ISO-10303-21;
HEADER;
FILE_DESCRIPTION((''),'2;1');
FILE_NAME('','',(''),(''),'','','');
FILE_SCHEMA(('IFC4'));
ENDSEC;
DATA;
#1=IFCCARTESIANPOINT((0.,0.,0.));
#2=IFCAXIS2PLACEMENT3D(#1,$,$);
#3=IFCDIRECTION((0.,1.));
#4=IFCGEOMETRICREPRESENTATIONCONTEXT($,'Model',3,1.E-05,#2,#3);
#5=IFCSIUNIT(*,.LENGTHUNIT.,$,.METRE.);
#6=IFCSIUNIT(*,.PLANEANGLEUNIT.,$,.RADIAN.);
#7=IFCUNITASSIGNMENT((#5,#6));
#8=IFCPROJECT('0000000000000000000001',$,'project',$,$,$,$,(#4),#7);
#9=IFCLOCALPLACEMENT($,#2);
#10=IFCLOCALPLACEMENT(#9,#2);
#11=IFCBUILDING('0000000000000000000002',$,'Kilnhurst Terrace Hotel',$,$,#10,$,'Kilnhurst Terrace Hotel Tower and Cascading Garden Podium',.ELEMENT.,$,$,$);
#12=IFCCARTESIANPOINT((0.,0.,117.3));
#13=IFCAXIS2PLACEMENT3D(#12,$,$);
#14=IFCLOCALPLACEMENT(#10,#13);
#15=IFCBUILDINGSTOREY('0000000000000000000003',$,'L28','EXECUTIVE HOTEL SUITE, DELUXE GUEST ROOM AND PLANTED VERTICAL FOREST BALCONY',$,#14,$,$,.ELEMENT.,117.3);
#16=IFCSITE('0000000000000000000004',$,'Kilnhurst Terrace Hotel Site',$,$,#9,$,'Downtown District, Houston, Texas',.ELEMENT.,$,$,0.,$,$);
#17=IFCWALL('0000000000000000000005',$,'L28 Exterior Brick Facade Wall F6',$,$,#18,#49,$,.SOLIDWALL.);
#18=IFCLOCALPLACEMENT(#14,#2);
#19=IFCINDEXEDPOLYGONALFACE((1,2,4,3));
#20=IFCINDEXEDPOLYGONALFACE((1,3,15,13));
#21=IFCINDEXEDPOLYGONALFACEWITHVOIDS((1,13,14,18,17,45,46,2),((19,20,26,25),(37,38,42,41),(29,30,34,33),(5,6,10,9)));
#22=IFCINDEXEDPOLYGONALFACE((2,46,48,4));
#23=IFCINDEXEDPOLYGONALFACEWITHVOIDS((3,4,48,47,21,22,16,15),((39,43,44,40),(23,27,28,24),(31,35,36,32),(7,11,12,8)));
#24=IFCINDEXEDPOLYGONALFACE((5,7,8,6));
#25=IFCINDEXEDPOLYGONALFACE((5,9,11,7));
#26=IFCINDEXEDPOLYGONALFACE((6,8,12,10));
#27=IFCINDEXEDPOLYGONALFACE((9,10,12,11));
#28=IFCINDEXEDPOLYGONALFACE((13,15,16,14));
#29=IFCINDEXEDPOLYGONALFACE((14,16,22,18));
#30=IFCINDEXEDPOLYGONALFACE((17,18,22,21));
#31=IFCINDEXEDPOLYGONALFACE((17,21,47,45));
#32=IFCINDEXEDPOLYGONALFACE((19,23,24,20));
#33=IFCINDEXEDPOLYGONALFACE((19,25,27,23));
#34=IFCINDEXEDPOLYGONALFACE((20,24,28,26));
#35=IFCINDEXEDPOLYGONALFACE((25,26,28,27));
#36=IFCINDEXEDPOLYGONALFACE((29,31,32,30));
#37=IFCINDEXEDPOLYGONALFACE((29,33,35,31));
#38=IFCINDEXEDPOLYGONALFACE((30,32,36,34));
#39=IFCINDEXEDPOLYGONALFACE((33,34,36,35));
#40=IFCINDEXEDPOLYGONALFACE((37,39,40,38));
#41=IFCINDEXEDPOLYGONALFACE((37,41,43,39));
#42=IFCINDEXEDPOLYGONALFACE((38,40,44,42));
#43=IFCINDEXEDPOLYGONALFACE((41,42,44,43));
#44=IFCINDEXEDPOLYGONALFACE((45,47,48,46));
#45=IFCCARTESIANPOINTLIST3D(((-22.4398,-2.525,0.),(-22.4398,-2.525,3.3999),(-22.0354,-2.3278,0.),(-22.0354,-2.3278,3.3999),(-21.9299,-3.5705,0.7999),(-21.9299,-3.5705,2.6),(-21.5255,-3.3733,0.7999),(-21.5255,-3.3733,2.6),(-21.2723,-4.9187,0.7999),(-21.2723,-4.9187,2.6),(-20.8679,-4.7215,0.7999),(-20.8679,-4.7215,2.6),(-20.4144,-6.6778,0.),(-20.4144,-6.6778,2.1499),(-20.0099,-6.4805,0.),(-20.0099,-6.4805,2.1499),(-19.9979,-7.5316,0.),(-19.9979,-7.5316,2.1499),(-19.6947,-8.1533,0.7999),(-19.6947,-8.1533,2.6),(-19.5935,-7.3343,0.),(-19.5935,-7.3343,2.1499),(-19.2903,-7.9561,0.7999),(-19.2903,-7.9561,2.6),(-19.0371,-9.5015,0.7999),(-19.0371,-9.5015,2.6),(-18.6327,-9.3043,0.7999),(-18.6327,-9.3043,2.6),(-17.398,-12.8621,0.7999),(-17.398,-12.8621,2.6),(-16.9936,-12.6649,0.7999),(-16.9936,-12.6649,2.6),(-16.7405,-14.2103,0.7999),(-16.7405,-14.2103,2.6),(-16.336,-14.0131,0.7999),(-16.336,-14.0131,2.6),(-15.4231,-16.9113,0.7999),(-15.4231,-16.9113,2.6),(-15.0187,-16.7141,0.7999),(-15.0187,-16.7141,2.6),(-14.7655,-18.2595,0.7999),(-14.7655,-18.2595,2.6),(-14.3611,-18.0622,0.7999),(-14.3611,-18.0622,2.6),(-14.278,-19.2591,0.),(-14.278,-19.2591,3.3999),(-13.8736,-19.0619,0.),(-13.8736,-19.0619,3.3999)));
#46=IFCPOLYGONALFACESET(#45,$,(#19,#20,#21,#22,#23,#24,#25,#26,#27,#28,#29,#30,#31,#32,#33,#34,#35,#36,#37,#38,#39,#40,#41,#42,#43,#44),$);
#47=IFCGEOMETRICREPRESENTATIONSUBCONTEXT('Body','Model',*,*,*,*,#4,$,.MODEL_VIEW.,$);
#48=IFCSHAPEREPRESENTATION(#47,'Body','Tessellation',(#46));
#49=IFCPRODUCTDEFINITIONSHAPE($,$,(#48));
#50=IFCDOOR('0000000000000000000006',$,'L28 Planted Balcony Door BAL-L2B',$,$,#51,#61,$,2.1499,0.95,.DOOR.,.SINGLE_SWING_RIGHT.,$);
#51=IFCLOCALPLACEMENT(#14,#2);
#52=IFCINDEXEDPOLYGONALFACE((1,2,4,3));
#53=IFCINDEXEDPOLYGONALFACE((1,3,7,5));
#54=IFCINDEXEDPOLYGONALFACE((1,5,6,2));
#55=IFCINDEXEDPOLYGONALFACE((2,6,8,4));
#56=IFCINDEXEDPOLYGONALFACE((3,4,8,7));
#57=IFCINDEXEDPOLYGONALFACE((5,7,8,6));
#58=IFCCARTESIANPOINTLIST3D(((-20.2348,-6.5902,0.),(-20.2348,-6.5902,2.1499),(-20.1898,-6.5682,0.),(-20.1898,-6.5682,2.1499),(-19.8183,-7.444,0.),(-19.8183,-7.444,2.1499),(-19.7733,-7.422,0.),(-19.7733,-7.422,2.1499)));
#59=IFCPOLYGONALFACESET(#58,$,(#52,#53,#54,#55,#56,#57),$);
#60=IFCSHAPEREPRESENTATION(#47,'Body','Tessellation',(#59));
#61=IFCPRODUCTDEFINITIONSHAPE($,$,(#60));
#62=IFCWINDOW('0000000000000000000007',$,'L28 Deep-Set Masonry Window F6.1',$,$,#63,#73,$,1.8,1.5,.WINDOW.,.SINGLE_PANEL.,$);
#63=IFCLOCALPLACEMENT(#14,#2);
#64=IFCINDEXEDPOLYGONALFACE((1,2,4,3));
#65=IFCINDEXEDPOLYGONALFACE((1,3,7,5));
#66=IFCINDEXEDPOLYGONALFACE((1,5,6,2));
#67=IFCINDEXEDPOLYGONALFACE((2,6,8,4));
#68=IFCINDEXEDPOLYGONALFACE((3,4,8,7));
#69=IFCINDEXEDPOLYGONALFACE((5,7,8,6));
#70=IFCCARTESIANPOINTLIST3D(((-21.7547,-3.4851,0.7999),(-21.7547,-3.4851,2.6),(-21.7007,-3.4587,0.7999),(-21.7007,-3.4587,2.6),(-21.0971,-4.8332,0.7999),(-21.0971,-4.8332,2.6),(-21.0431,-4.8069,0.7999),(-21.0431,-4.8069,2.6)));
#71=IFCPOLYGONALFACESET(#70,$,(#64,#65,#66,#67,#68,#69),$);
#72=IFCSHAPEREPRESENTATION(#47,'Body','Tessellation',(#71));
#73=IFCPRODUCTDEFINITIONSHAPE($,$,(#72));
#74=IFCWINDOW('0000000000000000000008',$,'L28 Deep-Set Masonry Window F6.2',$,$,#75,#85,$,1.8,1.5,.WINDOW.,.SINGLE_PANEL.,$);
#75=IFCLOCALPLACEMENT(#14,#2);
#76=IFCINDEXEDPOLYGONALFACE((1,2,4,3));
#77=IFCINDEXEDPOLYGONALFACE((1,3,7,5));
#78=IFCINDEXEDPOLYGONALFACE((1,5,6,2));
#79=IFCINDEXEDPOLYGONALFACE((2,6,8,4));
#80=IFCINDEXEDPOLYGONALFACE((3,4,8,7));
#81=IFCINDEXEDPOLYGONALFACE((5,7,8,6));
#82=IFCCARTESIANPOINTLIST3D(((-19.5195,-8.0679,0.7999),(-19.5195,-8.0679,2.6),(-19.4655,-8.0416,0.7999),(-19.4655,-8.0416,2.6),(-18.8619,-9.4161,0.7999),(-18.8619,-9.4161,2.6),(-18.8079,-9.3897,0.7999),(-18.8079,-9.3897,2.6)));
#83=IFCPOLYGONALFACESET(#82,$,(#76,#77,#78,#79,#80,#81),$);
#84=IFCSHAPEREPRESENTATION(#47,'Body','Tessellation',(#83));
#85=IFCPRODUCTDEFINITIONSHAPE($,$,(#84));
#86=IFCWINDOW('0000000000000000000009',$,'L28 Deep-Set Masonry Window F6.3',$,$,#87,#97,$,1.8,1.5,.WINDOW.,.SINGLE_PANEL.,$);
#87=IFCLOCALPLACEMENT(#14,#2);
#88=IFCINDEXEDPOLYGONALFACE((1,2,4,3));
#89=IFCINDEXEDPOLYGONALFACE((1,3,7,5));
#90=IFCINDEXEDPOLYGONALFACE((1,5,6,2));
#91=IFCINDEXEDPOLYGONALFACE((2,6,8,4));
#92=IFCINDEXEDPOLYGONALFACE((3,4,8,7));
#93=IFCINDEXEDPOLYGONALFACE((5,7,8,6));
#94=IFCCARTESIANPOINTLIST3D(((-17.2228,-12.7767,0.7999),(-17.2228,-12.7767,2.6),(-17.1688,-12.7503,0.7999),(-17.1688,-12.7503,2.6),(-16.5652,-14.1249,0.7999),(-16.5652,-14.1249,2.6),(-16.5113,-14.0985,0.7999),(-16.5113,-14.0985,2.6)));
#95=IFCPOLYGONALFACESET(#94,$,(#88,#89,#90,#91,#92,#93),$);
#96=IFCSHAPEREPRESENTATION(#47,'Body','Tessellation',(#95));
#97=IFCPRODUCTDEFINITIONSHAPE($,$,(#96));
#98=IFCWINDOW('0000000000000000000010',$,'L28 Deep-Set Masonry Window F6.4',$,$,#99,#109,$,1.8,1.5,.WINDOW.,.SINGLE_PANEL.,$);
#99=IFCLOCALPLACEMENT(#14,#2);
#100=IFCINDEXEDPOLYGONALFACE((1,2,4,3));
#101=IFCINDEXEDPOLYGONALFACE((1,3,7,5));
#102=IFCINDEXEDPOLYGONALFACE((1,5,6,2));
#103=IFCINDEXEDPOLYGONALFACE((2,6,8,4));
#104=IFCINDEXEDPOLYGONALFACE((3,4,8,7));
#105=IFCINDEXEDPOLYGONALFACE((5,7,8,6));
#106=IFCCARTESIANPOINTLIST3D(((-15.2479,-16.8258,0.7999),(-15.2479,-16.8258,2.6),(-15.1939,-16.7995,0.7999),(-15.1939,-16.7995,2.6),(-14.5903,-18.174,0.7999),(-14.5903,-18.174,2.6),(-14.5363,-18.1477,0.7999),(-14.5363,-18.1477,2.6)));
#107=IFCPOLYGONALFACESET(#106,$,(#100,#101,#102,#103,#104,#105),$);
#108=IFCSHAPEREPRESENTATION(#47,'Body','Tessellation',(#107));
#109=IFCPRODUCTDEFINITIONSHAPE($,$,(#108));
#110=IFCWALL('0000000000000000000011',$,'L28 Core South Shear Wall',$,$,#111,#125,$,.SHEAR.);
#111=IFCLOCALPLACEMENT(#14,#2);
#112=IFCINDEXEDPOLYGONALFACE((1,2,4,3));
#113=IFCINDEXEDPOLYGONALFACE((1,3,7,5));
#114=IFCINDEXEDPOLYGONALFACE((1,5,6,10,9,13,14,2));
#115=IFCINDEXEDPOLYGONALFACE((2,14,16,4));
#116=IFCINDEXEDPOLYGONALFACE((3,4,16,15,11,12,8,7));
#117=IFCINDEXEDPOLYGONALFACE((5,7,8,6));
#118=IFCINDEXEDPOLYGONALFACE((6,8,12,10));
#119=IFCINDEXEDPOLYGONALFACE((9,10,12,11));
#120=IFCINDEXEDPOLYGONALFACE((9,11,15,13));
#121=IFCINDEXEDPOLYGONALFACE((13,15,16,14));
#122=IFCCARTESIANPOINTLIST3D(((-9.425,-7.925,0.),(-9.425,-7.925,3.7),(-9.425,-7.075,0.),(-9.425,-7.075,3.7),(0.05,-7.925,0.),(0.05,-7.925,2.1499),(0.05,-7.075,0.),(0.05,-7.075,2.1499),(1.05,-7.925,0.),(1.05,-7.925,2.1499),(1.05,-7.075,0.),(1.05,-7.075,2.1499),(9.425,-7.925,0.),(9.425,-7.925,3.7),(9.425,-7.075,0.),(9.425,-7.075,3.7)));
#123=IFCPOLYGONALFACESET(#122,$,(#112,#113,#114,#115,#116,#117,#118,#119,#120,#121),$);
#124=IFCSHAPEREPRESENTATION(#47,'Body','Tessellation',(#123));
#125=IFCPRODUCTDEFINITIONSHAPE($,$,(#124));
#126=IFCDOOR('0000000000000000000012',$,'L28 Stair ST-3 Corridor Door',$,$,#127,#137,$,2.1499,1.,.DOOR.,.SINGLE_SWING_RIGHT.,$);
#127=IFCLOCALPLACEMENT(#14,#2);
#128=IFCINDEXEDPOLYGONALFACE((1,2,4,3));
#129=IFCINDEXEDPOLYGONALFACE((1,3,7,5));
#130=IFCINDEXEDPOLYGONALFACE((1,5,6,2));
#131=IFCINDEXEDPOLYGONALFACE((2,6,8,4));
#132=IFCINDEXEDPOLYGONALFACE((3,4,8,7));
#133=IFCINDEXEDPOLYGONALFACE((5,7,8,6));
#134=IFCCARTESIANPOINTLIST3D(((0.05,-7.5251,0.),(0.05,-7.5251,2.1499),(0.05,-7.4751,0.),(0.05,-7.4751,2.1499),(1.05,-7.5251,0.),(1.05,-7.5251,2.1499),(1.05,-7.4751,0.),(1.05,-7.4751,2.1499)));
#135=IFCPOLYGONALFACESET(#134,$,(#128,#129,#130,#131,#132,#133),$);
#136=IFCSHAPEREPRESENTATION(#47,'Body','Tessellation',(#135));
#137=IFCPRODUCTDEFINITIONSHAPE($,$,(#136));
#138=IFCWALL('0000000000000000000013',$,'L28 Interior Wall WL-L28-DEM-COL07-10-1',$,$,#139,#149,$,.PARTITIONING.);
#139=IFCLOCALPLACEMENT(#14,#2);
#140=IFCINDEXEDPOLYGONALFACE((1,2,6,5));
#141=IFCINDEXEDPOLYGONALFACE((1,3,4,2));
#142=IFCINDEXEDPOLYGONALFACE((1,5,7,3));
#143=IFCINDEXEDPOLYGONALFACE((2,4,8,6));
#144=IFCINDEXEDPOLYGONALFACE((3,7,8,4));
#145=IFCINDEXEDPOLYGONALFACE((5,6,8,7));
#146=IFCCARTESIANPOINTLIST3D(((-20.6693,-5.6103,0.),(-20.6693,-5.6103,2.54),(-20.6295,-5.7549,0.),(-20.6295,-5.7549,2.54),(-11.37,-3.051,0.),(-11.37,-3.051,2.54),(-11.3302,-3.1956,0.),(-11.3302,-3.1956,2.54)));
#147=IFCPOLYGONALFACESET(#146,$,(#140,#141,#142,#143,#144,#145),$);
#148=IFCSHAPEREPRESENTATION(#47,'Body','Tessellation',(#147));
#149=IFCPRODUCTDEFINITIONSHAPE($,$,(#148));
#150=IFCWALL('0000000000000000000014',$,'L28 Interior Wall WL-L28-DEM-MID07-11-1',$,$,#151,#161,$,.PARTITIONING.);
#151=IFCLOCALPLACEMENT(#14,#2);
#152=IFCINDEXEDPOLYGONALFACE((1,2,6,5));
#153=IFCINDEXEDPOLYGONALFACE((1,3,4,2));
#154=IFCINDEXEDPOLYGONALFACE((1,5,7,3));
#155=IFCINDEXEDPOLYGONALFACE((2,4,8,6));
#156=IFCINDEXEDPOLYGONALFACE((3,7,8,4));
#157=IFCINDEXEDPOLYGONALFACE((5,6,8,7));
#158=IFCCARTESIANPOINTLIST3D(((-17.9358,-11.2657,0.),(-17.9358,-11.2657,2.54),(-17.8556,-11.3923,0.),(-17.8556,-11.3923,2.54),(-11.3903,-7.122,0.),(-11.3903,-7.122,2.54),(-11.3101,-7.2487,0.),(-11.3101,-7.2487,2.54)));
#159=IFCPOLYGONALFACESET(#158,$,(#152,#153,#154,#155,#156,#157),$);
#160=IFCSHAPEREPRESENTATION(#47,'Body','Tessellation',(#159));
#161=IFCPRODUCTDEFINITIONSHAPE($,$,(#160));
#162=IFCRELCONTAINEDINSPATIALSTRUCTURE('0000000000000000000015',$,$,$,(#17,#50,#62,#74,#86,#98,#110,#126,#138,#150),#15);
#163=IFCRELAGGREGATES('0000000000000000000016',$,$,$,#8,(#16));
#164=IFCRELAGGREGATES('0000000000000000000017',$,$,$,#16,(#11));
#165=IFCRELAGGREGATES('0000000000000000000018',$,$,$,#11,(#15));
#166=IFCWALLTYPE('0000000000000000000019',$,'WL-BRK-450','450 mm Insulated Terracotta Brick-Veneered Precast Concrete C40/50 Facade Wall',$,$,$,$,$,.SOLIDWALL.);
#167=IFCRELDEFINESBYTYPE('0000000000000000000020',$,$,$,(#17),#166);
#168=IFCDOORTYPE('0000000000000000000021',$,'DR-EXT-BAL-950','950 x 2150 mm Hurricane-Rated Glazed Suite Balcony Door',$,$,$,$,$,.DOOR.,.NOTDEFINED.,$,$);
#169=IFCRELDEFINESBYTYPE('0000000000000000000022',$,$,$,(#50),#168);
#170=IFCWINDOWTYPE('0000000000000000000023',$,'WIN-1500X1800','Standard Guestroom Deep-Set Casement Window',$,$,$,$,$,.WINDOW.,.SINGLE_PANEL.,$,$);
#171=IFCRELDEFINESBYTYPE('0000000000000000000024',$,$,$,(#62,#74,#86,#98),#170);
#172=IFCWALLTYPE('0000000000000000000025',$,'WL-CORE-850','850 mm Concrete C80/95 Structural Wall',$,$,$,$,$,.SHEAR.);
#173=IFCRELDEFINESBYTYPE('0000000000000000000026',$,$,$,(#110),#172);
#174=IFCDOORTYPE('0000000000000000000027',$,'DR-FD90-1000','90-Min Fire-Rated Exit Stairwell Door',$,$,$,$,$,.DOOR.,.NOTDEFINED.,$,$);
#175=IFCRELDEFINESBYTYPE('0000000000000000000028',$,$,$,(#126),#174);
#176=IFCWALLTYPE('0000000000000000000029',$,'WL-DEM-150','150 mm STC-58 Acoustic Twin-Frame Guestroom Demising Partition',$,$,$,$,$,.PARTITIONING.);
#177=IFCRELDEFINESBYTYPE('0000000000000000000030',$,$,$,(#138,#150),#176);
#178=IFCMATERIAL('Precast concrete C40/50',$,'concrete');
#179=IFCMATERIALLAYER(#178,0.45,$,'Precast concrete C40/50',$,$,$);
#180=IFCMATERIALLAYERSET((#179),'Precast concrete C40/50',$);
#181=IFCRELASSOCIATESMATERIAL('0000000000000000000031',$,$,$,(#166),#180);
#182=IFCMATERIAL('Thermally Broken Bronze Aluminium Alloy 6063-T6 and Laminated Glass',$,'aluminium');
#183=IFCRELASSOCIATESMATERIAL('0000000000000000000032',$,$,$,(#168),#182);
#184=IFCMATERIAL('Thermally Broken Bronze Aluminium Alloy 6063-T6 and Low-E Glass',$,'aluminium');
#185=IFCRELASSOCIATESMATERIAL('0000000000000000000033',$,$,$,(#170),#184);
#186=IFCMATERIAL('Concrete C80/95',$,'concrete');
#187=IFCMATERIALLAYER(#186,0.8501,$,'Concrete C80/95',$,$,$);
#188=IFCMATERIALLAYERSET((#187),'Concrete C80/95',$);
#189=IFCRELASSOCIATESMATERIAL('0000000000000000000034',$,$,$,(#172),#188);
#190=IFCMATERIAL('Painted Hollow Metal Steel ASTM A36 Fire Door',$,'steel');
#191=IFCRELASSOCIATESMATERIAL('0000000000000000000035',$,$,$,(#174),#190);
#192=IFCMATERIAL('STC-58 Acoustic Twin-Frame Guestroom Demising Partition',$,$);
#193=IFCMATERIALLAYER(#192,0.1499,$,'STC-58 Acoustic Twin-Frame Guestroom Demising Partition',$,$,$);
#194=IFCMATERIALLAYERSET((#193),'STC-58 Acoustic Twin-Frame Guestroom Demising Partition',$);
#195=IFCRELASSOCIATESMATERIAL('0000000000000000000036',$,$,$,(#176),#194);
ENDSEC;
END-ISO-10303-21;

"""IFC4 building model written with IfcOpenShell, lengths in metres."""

from ifc_helpers import new_model, si_unit, direction, frame, frame_2d, origin, place, context, subcontext, project, spatial, rectangle, extrude, material, layer, layer_set, type_object, element, fill, save


model = new_model("IFC4")

# Units and contexts
model_context = context("Model", 3, precision=1e-05, world=origin(), true_north=direction((0.0, 1.0)))
body_context = subcontext(model_context, "Body", "Model", "MODEL_VIEW")
ifc_project = project(units=[si_unit("LENGTHUNIT", "METRE"), si_unit("PLANEANGLEUNIT", "RADIAN")], contexts=[model_context])

# Site, building, storey
site_placement = place(None, origin())
site = spatial("IfcSite", under=ifc_project, at=site_placement, Name="Kilnhurst Terrace Hotel Site", LongName="Downtown District, Houston, Texas", CompositionType="ELEMENT", RefElevation=0.0)
building_placement = place(site_placement, origin())
building = spatial("IfcBuilding", under=site, at=building_placement, Name="Kilnhurst Terrace Hotel", LongName="Kilnhurst Terrace Hotel Tower and Cascading Garden Podium", CompositionType="ELEMENT")
storey_placement = place(building_placement, frame((0.0, 0.0, 117.3)))
storey = spatial("IfcBuildingStorey", under=building, at=storey_placement, Name="L28", Description="EXECUTIVE HOTEL SUITE, DELUXE GUEST ROOM AND PLANTED VERTICAL FOREST BALCONY", CompositionType="ELEMENT", Elevation=117.3)

# Shared definitions
ifc_material_1 = material(Name="Concrete C80/95", Category="concrete")

# Wall, openings, door, windows
ifc_material_2 = material(Name="Precast concrete C40/50", Category="concrete")
ifc_layer_1 = layer(ifc_material_2, 0.45, Name="Precast concrete C40/50")
ifc_layer_set_1 = layer_set([ifc_layer_1], Name="Precast concrete C40/50")
wall_type_1 = type_object("IfcWallType", Name="WL-BRK-450", Description="450 mm Insulated Terracotta Brick-Veneered Precast Concrete C40/50 Facade Wall", PredefinedType="SOLIDWALL", material=ifc_layer_set_1)
wall_1_placement = place(storey_placement, frame((-22.2375, -2.4265, 0.0), z_axis=(0.0, 0.0, 1.0), x_axis=(0.438375, -0.898792, 0.0)))
wall_1 = element("IfcWall", 1, at=wall_1_placement, inside=storey, type_object=wall_type_1, Name="L28 Exterior Brick Facade Wall F6", PredefinedType="SOLIDWALL", context=body_context, shape_type="SweptSolid", body=[
    extrude(rectangle(XDim=18.6184, YDim=0.45, at=frame_2d((9.3091, 0.0))), origin(), (0.0, 0.0, 1.0), 3.3999),
])
opening_1_placement = place(wall_1_placement, frame((4.6201, 0.0, 0.0)))
opening_1 = element("IfcOpeningElement", 2, at=opening_1_placement, cuts=wall_1, PredefinedType="OPENING", context=body_context, shape_type="SweptSolid", body=[
    extrude(rectangle(XDim=0.95, YDim=2.1499, at=frame_2d((0.4751, 1.075))), frame((0.0, 0.2349, 0.0), z_axis=(0.0, -1.0, 0.0), x_axis=(1.0, 0.0, 0.0)), (0.0, 0.0, 1.0), 0.47),
])
opening_2_placement = place(wall_1_placement, frame((1.1631, 0.0, 0.8)))
opening_2 = element("IfcOpeningElement", 3, at=opening_2_placement, cuts=wall_1, PredefinedType="OPENING", context=body_context, shape_type="SweptSolid", body=[
    extrude(rectangle(XDim=1.5, YDim=1.8, at=frame_2d((0.75, 0.8999))), frame((0.0, 0.2349, 0.0), z_axis=(0.0, -1.0, 0.0), x_axis=(1.0, 0.0, 0.0)), (0.0, 0.0, 1.0), 0.47),
])
opening_3_placement = place(wall_1_placement, frame((6.262, 0.0, 0.8)))
opening_3 = element("IfcOpeningElement", 4, at=opening_3_placement, cuts=wall_1, PredefinedType="OPENING", context=body_context, shape_type="SweptSolid", body=[
    extrude(rectangle(XDim=1.5, YDim=1.8, at=frame_2d((0.75, 0.8999))), frame((0.0, 0.2349, 0.0), z_axis=(0.0, -1.0, 0.0), x_axis=(1.0, 0.0, 0.0)), (0.0, 0.0, 1.0), 0.47),
])
opening_4_placement = place(wall_1_placement, frame((11.501, 0.0, 0.8)))
opening_4 = element("IfcOpeningElement", 5, at=opening_4_placement, cuts=wall_1, PredefinedType="OPENING", context=body_context, shape_type="SweptSolid", body=[
    extrude(rectangle(XDim=1.5, YDim=1.8, at=frame_2d((0.75, 0.8999))), frame((0.0, 0.2349, 0.0), z_axis=(0.0, -1.0, 0.0), x_axis=(1.0, 0.0, 0.0)), (0.0, 0.0, 1.0), 0.47),
])
opening_5_placement = place(wall_1_placement, frame((16.0061, 0.0, 0.8)))
opening_5 = element("IfcOpeningElement", 6, at=opening_5_placement, cuts=wall_1, PredefinedType="OPENING", context=body_context, shape_type="SweptSolid", body=[
    extrude(rectangle(XDim=1.5, YDim=1.8, at=frame_2d((0.75, 0.8999))), frame((0.0, 0.2349, 0.0), z_axis=(0.0, -1.0, 0.0), x_axis=(1.0, 0.0, 0.0)), (0.0, 0.0, 1.0), 0.47),
])
ifc_material_3 = material(Name="Thermally Broken Bronze Aluminium Alloy 6063-T6 and Laminated Glass", Category="aluminium")
door_type_1 = type_object("IfcDoorType", Name="DR-EXT-BAL-950", Description="950 x 2150 mm Hurricane-Rated Glazed Suite Balcony Door", OperationType="NOTDEFINED", PredefinedType="DOOR", material=ifc_material_3)
door_1_placement = place(opening_1_placement, origin())
door_1 = element("IfcDoor", 7, at=door_1_placement, inside=storey, type_object=door_type_1, Name="L28 Planted Balcony Door BAL-L2B", OperationType="SINGLE_SWING_RIGHT", OverallHeight=2.1499, OverallWidth=0.95, PredefinedType="DOOR", context=body_context, shape_type="SweptSolid", body=[
    extrude(rectangle(XDim=0.95, YDim=2.1499, at=frame_2d((0.4751, 1.075))), frame((0.0, 0.0249, 0.0), z_axis=(0.0, -1.0, 0.0), x_axis=(1.0, 0.0, 0.0)), (0.0, 0.0, 1.0), 0.05),
])
fill(opening_1, door_1)
ifc_material_4 = material(Name="Thermally Broken Bronze Aluminium Alloy 6063-T6 and Low-E Glass", Category="aluminium")
window_type = type_object("IfcWindowType", Name="WIN-1500X1800", Description="Standard Guestroom Deep-Set Casement Window", PartitioningType="SINGLE_PANEL", PredefinedType="WINDOW", material=ifc_material_4)
window_1_placement = place(opening_2_placement, origin())
window_1 = element("IfcWindow", 8, at=window_1_placement, inside=storey, type_object=window_type, Name="L28 Deep-Set Masonry Window F6.1", OverallHeight=1.8, OverallWidth=1.5, PartitioningType="SINGLE_PANEL", PredefinedType="WINDOW", context=body_context, shape_type="SweptSolid", body=[
    extrude(rectangle(XDim=1.5, YDim=1.8, at=frame_2d((0.75, 0.8999))), frame((0.0, 0.03, 0.0), z_axis=(0.0, -1.0, 0.0), x_axis=(1.0, 0.0, 0.0)), (0.0, 0.0, 1.0), 0.0601),
])
fill(opening_2, window_1)
window_2_placement = place(opening_3_placement, origin())
window_2 = element("IfcWindow", 9, at=window_2_placement, inside=storey, type_object=window_type, Name="L28 Deep-Set Masonry Window F6.2", OverallHeight=1.8, OverallWidth=1.5, PartitioningType="SINGLE_PANEL", PredefinedType="WINDOW", context=body_context, shape_type="SweptSolid", body=[
    extrude(rectangle(XDim=1.5, YDim=1.8, at=frame_2d((0.75, 0.8999))), frame((0.0, 0.03, 0.0), z_axis=(0.0, -1.0, 0.0), x_axis=(1.0, 0.0, 0.0)), (0.0, 0.0, 1.0), 0.0601),
])
fill(opening_3, window_2)
window_3_placement = place(opening_4_placement, origin())
window_3 = element("IfcWindow", 10, at=window_3_placement, inside=storey, type_object=window_type, Name="L28 Deep-Set Masonry Window F6.3", OverallHeight=1.8, OverallWidth=1.5, PartitioningType="SINGLE_PANEL", PredefinedType="WINDOW", context=body_context, shape_type="SweptSolid", body=[
    extrude(rectangle(XDim=1.5, YDim=1.8, at=frame_2d((0.75, 0.8999))), frame((0.0, 0.03, 0.0), z_axis=(0.0, -1.0, 0.0), x_axis=(1.0, 0.0, 0.0)), (0.0, 0.0, 1.0), 0.0601),
])
fill(opening_4, window_3)
window_4_placement = place(opening_5_placement, origin())
window_4 = element("IfcWindow", 11, at=window_4_placement, inside=storey, type_object=window_type, Name="L28 Deep-Set Masonry Window F6.4", OverallHeight=1.8, OverallWidth=1.5, PartitioningType="SINGLE_PANEL", PredefinedType="WINDOW", context=body_context, shape_type="SweptSolid", body=[
    extrude(rectangle(XDim=1.5, YDim=1.8, at=frame_2d((0.75, 0.8999))), frame((0.0, 0.03, 0.0), z_axis=(0.0, -1.0, 0.0), x_axis=(1.0, 0.0, 0.0)), (0.0, 0.0, 1.0), 0.0601),
])
fill(opening_5, window_4)

# Wall, opening, door
ifc_layer_2 = layer(ifc_material_1, 0.8501, Name="Concrete C80/95")
ifc_layer_set_2 = layer_set([ifc_layer_2], Name="Concrete C80/95")
wall_type_2 = type_object("IfcWallType", Name="WL-CORE-850", Description="850 mm Concrete C80/95 Structural Wall", PredefinedType="SHEAR", material=ifc_layer_set_2)
wall_2_placement = place(storey_placement, frame((-9.425, -7.5, 0.0), z_axis=(0.0, 0.0, 1.0), x_axis=(1.0, 0.0, 0.0)))
wall_2 = element("IfcWall", 12, at=wall_2_placement, inside=storey, type_object=wall_type_2, Name="L28 Core South Shear Wall", PredefinedType="SHEAR", context=body_context, shape_type="SweptSolid", body=[
    extrude(rectangle(XDim=18.8501, YDim=0.8501, at=frame_2d((9.425, 0.0))), origin(), (0.0, 0.0, 1.0), 3.7),
])
opening_6_placement = place(wall_2_placement, frame((9.4751, 0.0, 0.0)))
opening_6 = element("IfcOpeningElement", 13, at=opening_6_placement, cuts=wall_2, PredefinedType="OPENING", context=body_context, shape_type="SweptSolid", body=[
    extrude(rectangle(XDim=1.0, YDim=2.1499, at=frame_2d((0.5, 1.075))), frame((0.0, 0.4351, 0.0), z_axis=(0.0, -1.0, 0.0), x_axis=(1.0, 0.0, 0.0)), (0.0, 0.0, 1.0), 0.8701),
])
ifc_material_5 = material(Name="Painted Hollow Metal Steel ASTM A36 Fire Door", Category="steel")
door_type_2 = type_object("IfcDoorType", Name="DR-FD90-1000", Description="90-Min Fire-Rated Exit Stairwell Door", OperationType="NOTDEFINED", PredefinedType="DOOR", material=ifc_material_5)
door_2_placement = place(opening_6_placement, origin())
door_2 = element("IfcDoor", 14, at=door_2_placement, inside=storey, type_object=door_type_2, Name="L28 Stair ST-3 Corridor Door", OperationType="SINGLE_SWING_RIGHT", OverallHeight=2.1499, OverallWidth=1.0, PredefinedType="DOOR", context=body_context, shape_type="SweptSolid", body=[
    extrude(rectangle(XDim=1.0, YDim=2.1499, at=frame_2d((0.5, 1.075))), frame((0.0, 0.0249, 0.0), z_axis=(0.0, -1.0, 0.0), x_axis=(1.0, 0.0, 0.0)), (0.0, 0.0, 1.0), 0.05),
])
fill(opening_6, door_2)

# Walls
ifc_material_6 = material(Name="STC-58 Acoustic Twin-Frame Guestroom Demising Partition")
ifc_layer_3 = layer(ifc_material_6, 0.1499, Name="STC-58 Acoustic Twin-Frame Guestroom Demising Partition")
ifc_layer_set_3 = layer_set([ifc_layer_3], Name="STC-58 Acoustic Twin-Frame Guestroom Demising Partition")
wall_type_3 = type_object("IfcWallType", Name="WL-DEM-150", Description="150 mm STC-58 Acoustic Twin-Frame Guestroom Demising Partition", PredefinedType="PARTITIONING", material=ifc_layer_set_3)
wall_3_placement = place(storey_placement, frame((-11.3501, -3.1233, 0.0), z_axis=(0.0, 0.0, 1.0), x_axis=(-0.964152, -0.265351, 0.0)))
element("IfcWall", 15, at=wall_3_placement, inside=storey, type_object=wall_type_3, Name="L28 Interior Wall WL-L28-DEM-COL07-10-1", PredefinedType="PARTITIONING", context=body_context, shape_type="SweptSolid", body=[
    extrude(rectangle(XDim=9.645, YDim=0.1499, at=frame_2d((4.8225, 0.0))), origin(), (0.0, 0.0, 1.0), 2.54),
])
wall_4_placement = place(storey_placement, frame((-11.3501, -7.1853, 0.0), z_axis=(0.0, 0.0, 1.0), x_axis=(-0.844928, -0.53488, 0.0)))
element("IfcWall", 16, at=wall_4_placement, inside=storey, type_object=wall_type_3, Name="L28 Interior Wall WL-L28-DEM-MID07-11-1", PredefinedType="PARTITIONING", context=body_context, shape_type="SweptSolid", body=[
    extrude(rectangle(XDim=7.7468, YDim=0.1499, at=frame_2d((3.8735, 0.0))), origin(), (0.0, 0.0, 1.0), 2.54),
])

save(model, "model.ifc")
